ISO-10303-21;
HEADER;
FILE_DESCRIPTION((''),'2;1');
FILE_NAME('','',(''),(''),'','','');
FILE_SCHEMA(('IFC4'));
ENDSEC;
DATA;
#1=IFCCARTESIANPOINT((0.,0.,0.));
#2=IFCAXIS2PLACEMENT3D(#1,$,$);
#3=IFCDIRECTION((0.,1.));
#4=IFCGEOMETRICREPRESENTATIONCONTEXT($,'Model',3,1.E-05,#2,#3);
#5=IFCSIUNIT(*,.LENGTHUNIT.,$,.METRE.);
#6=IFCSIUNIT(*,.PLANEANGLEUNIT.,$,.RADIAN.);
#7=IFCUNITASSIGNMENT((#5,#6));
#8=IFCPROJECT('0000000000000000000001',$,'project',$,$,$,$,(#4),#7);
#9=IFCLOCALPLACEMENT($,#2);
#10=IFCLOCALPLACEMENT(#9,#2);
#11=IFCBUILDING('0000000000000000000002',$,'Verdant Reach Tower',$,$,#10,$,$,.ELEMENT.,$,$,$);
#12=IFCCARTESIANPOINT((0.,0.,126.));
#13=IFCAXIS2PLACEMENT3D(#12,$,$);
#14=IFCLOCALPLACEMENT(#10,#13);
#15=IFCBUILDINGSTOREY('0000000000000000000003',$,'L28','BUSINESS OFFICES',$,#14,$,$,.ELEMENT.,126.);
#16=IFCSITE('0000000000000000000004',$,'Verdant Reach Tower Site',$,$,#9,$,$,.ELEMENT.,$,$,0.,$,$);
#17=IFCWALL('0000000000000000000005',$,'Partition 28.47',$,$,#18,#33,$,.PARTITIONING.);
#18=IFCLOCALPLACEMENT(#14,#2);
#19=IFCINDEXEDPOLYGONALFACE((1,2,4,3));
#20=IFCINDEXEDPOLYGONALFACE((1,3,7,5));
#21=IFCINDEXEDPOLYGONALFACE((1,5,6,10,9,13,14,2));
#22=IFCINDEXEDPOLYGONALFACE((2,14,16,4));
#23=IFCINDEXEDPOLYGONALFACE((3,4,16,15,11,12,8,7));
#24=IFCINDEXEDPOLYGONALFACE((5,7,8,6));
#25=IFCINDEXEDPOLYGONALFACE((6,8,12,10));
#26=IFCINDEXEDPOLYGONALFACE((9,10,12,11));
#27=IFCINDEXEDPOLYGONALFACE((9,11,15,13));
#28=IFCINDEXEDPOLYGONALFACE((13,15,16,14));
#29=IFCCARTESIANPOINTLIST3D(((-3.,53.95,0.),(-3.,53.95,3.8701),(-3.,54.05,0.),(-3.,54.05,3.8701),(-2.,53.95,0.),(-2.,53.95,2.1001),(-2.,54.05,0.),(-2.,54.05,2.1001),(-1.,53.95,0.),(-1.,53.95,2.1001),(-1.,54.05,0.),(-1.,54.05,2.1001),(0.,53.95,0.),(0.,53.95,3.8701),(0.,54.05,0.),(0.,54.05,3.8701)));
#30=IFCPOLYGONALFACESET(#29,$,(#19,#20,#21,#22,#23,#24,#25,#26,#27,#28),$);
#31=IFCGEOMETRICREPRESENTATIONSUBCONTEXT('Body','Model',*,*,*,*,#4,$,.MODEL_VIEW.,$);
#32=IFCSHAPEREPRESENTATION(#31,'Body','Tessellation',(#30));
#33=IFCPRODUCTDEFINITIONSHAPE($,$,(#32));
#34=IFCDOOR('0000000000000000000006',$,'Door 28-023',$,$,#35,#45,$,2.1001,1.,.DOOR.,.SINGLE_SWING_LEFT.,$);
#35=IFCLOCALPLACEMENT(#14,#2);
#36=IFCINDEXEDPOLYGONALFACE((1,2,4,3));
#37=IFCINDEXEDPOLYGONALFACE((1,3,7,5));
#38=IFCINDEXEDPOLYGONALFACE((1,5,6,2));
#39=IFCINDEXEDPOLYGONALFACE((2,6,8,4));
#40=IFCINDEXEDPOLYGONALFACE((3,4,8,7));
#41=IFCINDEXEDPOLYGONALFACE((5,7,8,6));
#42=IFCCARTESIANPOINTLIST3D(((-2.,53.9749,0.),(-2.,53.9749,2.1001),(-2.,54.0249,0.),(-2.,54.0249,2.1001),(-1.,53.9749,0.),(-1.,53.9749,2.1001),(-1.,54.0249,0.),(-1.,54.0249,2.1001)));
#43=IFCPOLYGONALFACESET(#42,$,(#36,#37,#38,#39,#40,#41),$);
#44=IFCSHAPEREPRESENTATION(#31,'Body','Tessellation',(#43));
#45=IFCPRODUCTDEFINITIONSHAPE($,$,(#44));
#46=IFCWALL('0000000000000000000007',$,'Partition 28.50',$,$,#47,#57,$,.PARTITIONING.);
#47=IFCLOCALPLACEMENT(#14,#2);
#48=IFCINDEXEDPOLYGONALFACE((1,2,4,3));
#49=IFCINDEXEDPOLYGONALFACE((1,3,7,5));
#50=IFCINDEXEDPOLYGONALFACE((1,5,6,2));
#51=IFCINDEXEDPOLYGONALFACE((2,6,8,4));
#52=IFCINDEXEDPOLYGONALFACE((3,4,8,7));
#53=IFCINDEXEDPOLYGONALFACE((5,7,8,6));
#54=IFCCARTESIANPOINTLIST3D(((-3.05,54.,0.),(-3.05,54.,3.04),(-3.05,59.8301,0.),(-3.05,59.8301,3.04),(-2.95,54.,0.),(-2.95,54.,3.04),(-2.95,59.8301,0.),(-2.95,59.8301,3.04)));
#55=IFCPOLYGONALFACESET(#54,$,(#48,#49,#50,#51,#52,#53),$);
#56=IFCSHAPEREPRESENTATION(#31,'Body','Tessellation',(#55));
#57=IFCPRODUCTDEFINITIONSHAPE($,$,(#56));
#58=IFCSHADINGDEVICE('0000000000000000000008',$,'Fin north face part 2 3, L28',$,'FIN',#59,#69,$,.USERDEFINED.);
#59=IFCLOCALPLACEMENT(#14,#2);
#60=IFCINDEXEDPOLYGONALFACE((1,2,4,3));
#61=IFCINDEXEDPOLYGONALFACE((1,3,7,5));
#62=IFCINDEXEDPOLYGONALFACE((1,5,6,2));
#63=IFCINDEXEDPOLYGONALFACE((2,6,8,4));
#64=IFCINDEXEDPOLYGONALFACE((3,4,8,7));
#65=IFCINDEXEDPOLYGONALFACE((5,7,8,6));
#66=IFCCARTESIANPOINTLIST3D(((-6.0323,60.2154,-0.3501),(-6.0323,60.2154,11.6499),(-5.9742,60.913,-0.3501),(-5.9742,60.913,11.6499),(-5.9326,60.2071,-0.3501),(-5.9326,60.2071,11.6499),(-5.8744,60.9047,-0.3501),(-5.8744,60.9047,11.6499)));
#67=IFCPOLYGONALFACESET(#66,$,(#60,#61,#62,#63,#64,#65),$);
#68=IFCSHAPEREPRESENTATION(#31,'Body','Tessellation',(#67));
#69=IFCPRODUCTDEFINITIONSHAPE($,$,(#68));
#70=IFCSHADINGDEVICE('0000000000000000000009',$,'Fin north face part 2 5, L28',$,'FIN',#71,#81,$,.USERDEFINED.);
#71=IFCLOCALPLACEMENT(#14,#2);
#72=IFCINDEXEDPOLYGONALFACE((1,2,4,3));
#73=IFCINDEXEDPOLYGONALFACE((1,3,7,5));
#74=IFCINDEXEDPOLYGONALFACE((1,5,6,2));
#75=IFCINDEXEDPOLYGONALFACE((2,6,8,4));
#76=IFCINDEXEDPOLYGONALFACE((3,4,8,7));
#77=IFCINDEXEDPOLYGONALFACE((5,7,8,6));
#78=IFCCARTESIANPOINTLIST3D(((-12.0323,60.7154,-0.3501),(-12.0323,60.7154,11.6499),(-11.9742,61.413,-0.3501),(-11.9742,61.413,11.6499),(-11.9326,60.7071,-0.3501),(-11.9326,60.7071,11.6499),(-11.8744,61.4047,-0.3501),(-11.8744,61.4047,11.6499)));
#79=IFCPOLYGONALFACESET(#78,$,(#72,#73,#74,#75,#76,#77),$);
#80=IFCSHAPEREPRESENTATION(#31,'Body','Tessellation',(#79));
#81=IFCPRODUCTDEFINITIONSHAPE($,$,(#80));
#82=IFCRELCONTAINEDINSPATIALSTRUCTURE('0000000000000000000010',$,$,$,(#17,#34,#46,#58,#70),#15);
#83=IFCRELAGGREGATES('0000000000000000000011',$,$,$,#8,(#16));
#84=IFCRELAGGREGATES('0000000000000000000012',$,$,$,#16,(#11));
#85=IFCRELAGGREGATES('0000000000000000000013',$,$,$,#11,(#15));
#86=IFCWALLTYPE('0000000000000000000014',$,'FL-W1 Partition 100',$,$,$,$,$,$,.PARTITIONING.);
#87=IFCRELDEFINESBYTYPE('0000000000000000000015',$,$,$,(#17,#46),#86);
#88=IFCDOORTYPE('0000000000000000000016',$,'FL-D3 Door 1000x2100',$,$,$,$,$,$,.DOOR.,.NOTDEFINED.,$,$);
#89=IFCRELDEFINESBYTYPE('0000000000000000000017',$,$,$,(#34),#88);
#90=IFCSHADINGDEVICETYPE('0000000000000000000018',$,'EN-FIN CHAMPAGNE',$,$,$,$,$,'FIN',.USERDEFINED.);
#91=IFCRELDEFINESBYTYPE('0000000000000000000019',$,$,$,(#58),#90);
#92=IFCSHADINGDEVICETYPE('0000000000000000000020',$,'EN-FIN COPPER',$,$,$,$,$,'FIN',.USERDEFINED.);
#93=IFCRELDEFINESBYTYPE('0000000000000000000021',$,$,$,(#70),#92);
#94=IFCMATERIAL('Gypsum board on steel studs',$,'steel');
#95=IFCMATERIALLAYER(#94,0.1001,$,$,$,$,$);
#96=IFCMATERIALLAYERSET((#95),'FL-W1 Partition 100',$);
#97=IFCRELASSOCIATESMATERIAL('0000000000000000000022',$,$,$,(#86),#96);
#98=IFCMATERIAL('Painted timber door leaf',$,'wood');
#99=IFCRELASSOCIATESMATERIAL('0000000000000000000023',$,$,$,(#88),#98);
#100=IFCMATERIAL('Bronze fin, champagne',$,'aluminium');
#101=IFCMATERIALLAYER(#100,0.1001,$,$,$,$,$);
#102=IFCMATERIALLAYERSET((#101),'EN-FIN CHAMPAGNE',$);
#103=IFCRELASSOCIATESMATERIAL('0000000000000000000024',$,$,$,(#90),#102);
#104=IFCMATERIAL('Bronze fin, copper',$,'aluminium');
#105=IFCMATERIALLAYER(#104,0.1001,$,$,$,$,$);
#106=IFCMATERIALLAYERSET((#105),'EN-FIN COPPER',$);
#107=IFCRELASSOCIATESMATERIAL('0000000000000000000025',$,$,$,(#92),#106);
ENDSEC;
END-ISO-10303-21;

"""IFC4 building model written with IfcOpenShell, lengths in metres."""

from ifc_helpers import new_model, si_unit, direction, frame, frame_2d, origin, origin_2d, place, context, subcontext, project, spatial, rectangle, extrude, material, layer, layer_set, type_object, element, fill, save


model = new_model("IFC4")

# Units and contexts
model_context = context("Model", 3, precision=1e-05, world=origin(), true_north=direction((0.0, 1.0)))
body_context = subcontext(model_context, "Body", "Model", "MODEL_VIEW")
ifc_project = project(units=[si_unit("LENGTHUNIT", "METRE"), si_unit("PLANEANGLEUNIT", "RADIAN")], contexts=[model_context])

# Site, building, storey
site_placement = place(None, origin())
site = spatial("IfcSite", under=ifc_project, at=site_placement, Name="Verdant Reach Tower Site", CompositionType="ELEMENT", RefElevation=0.0)
building_placement = place(site_placement, origin())
building = spatial("IfcBuilding", under=site, at=building_placement, Name="Verdant Reach Tower", CompositionType="ELEMENT")
storey_placement = place(building_placement, frame((0.0, 0.0, 126.0)))
storey = spatial("IfcBuildingStorey", under=building, at=storey_placement, Name="L28", Description="BUSINESS OFFICES", CompositionType="ELEMENT", Elevation=126.0)

# Shared definitions
ifc_material_1 = material(Name="Gypsum board on steel studs", Category="steel")
ifc_layer_1 = layer(ifc_material_1, 0.1001)
ifc_layer_set_1 = layer_set([ifc_layer_1], Name="FL-W1 Partition 100")
wall_type = type_object("IfcWallType", Name="FL-W1 Partition 100", PredefinedType="PARTITIONING", material=ifc_layer_set_1)

# Wall, opening, door
ifc_material_2 = material(Name="Painted timber door leaf", Category="wood")
door_type = type_object("IfcDoorType", Name="FL-D3 Door 1000x2100", OperationType="NOTDEFINED", PredefinedType="DOOR", material=ifc_material_2)
wall_1_placement = place(storey_placement, frame((-3.0, 54.0, 0.0), z_axis=(0.0, 0.0, 1.0), x_axis=(1.0, 0.0, 0.0)))
wall_1 = element("IfcWall", 1, at=wall_1_placement, inside=storey, type_object=wall_type, Name="Partition 28.47", PredefinedType="PARTITIONING", context=body_context, shape_type="SweptSolid", body=[
    extrude(rectangle(XDim=3.0, YDim=0.1001, at=frame_2d((1.5, 0.0))), origin(), (0.0, 0.0, 1.0), 3.8701),
])
opening_1_placement = place(wall_1_placement, frame((1.0, 0.0, 0.0)))
opening_1 = element("IfcOpeningElement", 2, at=opening_1_placement, cuts=wall_1, PredefinedType="OPENING", context=body_context, shape_type="SweptSolid", body=[
    extrude(rectangle(XDim=1.0, YDim=2.1001, at=frame_2d((0.5, 1.05))), frame((0.0, 0.0601, 0.0), z_axis=(0.0, -1.0, 0.0), x_axis=(1.0, 0.0, 0.0)), (0.0, 0.0, 1.0), 0.1201),
])
door_1_placement = place(opening_1_placement, origin())
door_1 = element("IfcDoor", 3, at=door_1_placement, inside=storey, type_object=door_type, Name="Door 28-023", OperationType="SINGLE_SWING_LEFT", OverallHeight=2.1001, OverallWidth=1.0, PredefinedType="DOOR", context=body_context, shape_type="SweptSolid", body=[
    extrude(rectangle(XDim=1.0, YDim=2.1001, at=frame_2d((0.5, 1.05))), frame((0.0, 0.0249, 0.0), z_axis=(0.0, -1.0, 0.0), x_axis=(1.0, 0.0, 0.0)), (0.0, 0.0, 1.0), 0.05),
])
fill(opening_1, door_1)

# Wall
wall_2_placement = place(storey_placement, frame((-3.0, 54.0, 0.0), z_axis=(0.0, 0.0, 1.0), x_axis=(0.0, 1.0, 0.0)))
element("IfcWall", 4, at=wall_2_placement, inside=storey, type_object=wall_type, Name="Partition 28.50", PredefinedType="PARTITIONING", context=body_context, shape_type="SweptSolid", body=[
    extrude(rectangle(XDim=5.8301, YDim=0.1001, at=frame_2d((2.915, 0.0))), origin(), (0.0, 0.0, 1.0), 3.04),
])

# Shading devices
ifc_material_3 = material(Name="Bronze fin, champagne", Category="aluminium")
ifc_layer_2 = layer(ifc_material_3, 0.1001)
ifc_layer_set_2 = layer_set([ifc_layer_2], Name="EN-FIN CHAMPAGNE")
shading_device_type_1 = type_object("IfcShadingDeviceType", Name="EN-FIN CHAMPAGNE", ElementType="FIN", PredefinedType="USERDEFINED", material=ifc_layer_set_2)
shading_device_1_placement = place(storey_placement, frame((-5.9534, 60.5601, -0.3501), z_axis=(0.0, 0.0, 1.0), x_axis=(-0.996546, 0.083045, 0.0)))
element("IfcShadingDevice", 5, at=shading_device_1_placement, inside=storey, type_object=shading_device_type_1, Name="Fin north face part 2 3, L28", ObjectType="FIN", PredefinedType="USERDEFINED", context=body_context, shape_type="SweptSolid", body=[
    extrude(rectangle(XDim=0.1001, YDim=0.7, at=origin_2d()), origin(), (0.0, 0.0, 1.0), 12.0),
])
ifc_material_4 = material(Name="Bronze fin, copper", Category="aluminium")
ifc_layer_3 = layer(ifc_material_4, 0.1001)
ifc_layer_set_3 = layer_set([ifc_layer_3], Name="EN-FIN COPPER")
shading_device_type_2 = type_object("IfcShadingDeviceType", Name="EN-FIN COPPER", ElementType="FIN", PredefinedType="USERDEFINED", material=ifc_layer_set_3)
shading_device_2_placement = place(storey_placement, frame((-11.9534, 61.0601, -0.3501), z_axis=(0.0, 0.0, 1.0), x_axis=(-0.996546, 0.083045, 0.0)))
element("IfcShadingDevice", 6, at=shading_device_2_placement, inside=storey, type_object=shading_device_type_2, Name="Fin north face part 2 5, L28", ObjectType="FIN", PredefinedType="USERDEFINED", context=body_context, shape_type="SweptSolid", body=[
    extrude(rectangle(XDim=0.1001, YDim=0.7, at=origin_2d()), origin(), (0.0, 0.0, 1.0), 12.0),
])

save(model, "model.ifc")
